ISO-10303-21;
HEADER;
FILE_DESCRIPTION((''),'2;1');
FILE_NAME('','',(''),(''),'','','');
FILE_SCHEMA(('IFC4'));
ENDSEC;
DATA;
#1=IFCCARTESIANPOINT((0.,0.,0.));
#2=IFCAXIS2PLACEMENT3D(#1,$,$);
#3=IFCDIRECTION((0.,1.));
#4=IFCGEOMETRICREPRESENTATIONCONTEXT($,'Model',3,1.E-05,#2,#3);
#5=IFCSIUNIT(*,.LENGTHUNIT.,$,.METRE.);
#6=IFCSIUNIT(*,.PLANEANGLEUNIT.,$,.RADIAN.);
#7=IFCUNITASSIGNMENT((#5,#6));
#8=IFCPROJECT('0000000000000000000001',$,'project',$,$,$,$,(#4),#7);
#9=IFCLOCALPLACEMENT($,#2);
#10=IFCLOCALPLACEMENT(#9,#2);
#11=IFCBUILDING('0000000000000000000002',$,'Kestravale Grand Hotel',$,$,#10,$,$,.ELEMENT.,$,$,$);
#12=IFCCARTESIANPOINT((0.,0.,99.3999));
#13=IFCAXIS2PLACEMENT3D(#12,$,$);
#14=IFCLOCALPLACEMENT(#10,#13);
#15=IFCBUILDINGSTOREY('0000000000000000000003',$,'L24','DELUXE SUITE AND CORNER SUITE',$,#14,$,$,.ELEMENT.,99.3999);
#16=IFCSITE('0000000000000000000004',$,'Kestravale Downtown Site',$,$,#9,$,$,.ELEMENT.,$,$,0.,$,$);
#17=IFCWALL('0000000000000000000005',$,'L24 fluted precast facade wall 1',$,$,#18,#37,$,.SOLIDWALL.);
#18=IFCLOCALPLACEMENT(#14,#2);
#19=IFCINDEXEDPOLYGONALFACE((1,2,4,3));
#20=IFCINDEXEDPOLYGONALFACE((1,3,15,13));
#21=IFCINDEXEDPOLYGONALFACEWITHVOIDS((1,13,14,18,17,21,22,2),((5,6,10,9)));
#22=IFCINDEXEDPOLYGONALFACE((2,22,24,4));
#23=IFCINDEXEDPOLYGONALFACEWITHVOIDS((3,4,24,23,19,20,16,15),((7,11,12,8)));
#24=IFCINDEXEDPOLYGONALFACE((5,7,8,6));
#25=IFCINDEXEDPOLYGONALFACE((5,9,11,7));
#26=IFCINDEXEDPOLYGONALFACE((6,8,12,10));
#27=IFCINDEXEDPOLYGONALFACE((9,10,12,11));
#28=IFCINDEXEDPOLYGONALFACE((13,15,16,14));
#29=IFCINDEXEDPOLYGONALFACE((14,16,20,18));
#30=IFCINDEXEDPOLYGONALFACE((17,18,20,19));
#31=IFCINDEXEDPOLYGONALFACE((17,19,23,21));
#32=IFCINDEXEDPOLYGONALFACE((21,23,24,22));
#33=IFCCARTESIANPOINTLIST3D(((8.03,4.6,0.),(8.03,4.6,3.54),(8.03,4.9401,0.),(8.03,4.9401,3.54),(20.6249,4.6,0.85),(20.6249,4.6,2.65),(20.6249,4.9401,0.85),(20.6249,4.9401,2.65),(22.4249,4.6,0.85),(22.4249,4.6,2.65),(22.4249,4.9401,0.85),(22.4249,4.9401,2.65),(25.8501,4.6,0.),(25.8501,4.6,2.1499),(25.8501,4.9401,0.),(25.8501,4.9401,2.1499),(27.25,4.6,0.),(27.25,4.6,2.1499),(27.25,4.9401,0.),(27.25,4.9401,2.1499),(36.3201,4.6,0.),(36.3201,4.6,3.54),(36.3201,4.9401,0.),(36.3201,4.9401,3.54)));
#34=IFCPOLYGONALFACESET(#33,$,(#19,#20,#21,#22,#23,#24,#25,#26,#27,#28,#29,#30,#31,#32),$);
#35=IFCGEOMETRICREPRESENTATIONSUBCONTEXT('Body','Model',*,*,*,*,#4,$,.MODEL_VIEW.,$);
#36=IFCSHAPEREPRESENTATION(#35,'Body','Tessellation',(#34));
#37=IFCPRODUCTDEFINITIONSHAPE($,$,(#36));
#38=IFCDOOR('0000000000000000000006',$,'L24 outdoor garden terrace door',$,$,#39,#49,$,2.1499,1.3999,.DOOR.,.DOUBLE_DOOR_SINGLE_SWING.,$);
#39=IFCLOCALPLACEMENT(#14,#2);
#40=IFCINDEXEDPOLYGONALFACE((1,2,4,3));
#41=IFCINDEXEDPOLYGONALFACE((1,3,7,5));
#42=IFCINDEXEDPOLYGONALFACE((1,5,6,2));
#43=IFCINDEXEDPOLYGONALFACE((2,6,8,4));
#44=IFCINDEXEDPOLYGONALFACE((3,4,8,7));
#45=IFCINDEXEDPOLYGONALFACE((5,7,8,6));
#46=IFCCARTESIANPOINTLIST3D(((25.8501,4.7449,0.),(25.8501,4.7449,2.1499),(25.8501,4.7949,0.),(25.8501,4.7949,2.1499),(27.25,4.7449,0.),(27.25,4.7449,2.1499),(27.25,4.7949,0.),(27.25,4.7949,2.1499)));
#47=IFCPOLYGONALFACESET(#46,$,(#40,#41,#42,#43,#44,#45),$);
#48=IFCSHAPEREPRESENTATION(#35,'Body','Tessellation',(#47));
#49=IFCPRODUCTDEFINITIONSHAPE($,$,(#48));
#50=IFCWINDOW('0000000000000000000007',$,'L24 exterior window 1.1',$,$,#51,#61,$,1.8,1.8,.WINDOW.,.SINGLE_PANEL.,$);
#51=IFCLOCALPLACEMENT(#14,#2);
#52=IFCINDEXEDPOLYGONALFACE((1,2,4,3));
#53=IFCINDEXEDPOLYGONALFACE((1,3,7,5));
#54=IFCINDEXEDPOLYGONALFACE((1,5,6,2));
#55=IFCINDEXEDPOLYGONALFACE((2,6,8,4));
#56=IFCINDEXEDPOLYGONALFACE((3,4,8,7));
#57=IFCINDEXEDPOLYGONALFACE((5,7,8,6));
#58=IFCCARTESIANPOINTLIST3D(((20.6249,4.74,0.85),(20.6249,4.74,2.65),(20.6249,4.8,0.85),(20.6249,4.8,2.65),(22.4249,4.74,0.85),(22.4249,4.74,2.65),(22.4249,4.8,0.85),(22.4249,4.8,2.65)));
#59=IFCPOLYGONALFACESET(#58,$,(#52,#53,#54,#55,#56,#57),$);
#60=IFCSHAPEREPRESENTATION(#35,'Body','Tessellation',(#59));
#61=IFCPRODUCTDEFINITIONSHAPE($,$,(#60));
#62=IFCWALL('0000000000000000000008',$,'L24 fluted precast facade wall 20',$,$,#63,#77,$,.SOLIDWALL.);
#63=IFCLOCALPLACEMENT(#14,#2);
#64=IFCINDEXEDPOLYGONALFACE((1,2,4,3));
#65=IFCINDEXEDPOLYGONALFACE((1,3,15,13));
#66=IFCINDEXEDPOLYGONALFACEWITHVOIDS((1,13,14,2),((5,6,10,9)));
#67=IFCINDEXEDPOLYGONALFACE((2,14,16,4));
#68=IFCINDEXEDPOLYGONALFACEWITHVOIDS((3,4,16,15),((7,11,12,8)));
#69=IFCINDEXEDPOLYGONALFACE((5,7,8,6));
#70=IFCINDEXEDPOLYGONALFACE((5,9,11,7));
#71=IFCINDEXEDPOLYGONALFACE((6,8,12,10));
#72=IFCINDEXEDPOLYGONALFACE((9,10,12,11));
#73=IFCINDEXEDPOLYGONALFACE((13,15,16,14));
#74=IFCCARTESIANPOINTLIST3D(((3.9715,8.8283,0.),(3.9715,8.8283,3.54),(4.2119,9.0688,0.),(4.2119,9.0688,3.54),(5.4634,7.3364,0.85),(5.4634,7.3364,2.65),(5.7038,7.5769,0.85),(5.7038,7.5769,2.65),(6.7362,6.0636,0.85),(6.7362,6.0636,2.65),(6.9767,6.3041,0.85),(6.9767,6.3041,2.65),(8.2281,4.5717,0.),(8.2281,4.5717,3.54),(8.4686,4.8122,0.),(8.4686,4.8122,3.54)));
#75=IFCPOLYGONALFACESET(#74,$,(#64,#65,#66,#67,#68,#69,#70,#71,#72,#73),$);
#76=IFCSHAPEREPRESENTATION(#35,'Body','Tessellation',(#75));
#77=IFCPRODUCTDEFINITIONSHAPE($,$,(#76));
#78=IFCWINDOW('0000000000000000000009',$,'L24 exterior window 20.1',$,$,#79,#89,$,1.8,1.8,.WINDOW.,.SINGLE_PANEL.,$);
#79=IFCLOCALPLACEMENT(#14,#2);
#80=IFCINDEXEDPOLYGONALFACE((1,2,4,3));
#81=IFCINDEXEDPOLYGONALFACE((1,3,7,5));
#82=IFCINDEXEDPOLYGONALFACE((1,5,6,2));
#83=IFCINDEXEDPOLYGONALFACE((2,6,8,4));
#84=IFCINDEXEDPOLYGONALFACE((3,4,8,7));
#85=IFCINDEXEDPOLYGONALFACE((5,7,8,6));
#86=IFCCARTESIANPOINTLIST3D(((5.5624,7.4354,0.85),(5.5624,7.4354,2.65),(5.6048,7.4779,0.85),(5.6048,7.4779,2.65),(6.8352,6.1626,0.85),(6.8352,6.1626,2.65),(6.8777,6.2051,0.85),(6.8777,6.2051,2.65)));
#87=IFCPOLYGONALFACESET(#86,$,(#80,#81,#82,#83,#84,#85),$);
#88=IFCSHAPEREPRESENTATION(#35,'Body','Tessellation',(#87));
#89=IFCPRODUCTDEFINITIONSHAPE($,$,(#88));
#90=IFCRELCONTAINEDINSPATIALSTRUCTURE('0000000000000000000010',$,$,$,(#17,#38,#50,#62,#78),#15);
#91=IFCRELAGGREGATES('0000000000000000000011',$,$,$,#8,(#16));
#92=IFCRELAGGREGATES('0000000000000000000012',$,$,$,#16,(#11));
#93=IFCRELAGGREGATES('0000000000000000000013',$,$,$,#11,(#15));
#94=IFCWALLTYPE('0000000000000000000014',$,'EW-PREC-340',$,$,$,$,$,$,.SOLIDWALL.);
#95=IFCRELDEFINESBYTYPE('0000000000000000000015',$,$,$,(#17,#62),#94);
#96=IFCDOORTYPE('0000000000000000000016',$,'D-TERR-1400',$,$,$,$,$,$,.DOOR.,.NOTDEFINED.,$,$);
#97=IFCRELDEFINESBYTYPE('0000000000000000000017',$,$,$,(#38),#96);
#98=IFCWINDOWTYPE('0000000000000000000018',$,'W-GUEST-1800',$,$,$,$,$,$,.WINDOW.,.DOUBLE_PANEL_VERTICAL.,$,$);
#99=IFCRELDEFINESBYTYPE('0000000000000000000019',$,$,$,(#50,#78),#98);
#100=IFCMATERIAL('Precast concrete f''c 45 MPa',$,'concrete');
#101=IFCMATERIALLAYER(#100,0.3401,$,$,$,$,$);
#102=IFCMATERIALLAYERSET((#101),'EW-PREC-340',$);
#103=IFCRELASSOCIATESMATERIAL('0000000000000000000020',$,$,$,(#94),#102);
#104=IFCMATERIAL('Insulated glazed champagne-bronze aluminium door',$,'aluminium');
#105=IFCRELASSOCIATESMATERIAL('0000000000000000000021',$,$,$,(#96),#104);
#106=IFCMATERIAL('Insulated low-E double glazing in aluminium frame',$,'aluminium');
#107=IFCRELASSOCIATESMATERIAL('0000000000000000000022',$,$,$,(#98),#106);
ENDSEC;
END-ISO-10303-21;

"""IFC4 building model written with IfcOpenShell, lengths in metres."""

from ifc_helpers import new_model, si_unit, direction, frame, frame_2d, origin, place, context, subcontext, project, spatial, rectangle, extrude, material, layer, layer_set, type_object, element, fill, save


model = new_model("IFC4")

# Units and contexts
model_context = context("Model", 3, precision=1e-05, world=origin(), true_north=direction((0.0, 1.0)))
body_context = subcontext(model_context, "Body", "Model", "MODEL_VIEW")
ifc_project = project(units=[si_unit("LENGTHUNIT", "METRE"), si_unit("PLANEANGLEUNIT", "RADIAN")], contexts=[model_context])

# Site, building, storey
site_placement = place(None, origin())
site = spatial("IfcSite", under=ifc_project, at=site_placement, Name="Kestravale Downtown Site", CompositionType="ELEMENT", RefElevation=0.0)
building_placement = place(site_placement, origin())
building = spatial("IfcBuilding", under=site, at=building_placement, Name="Kestravale Grand Hotel", CompositionType="ELEMENT")
storey_placement = place(building_placement, frame((0.0, 0.0, 99.3999)))
storey = spatial("IfcBuildingStorey", under=building, at=storey_placement, Name="L24", Description="DELUXE SUITE AND CORNER SUITE", CompositionType="ELEMENT", Elevation=99.3999)

# Wall, openings, door, window
ifc_material_1 = material(Name="Precast concrete f'c 45 MPa", Category="concrete")
ifc_layer_1 = layer(ifc_material_1, 0.3401)
ifc_layer_set_1 = layer_set([ifc_layer_1], Name="EW-PREC-340")
wall_type_1 = type_object("IfcWallType", Name="EW-PREC-340", PredefinedType="SOLIDWALL", material=ifc_layer_set_1)
wall_1_placement = place(storey_placement, frame((8.03, 4.77, 0.0), z_axis=(0.0, 0.0, 1.0), x_axis=(1.0, 0.0, 0.0)))
wall_1 = element("IfcWall", 1, at=wall_1_placement, inside=storey, type_object=wall_type_1, Name="L24 fluted precast facade wall 1", PredefinedType="SOLIDWALL", context=body_context, shape_type="SweptSolid", body=[
    extrude(rectangle(XDim=28.29, YDim=0.3401, at=frame_2d((14.145, 0.0))), origin(), (0.0, 0.0, 1.0), 3.54),
])
opening_1_placement = place(wall_1_placement, frame((17.8201, 0.0, 0.0)))
opening_1 = element("IfcOpeningElement", 2, at=opening_1_placement, cuts=wall_1, PredefinedType="OPENING", context=body_context, shape_type="SweptSolid", body=[
    extrude(rectangle(XDim=1.3999, YDim=2.1499, at=frame_2d((0.7, 1.075))), frame((0.0, 0.1799, 0.0), z_axis=(0.0, -1.0, 0.0), x_axis=(1.0, 0.0, 0.0)), (0.0, 0.0, 1.0), 0.3601),
])
opening_2_placement = place(wall_1_placement, frame((12.595, 0.0, 0.8501)))
opening_2 = element("IfcOpeningElement", 3, at=opening_2_placement, cuts=wall_1, PredefinedType="OPENING", context=body_context, shape_type="SweptSolid", body=[
    extrude(rectangle(XDim=1.8, YDim=1.8, at=frame_2d((0.8999, 0.8999))), frame((0.0, 0.1799, 0.0), z_axis=(0.0, -1.0, 0.0), x_axis=(1.0, 0.0, 0.0)), (0.0, 0.0, 1.0), 0.3601),
])
ifc_material_2 = material(Name="Insulated glazed champagne-bronze aluminium door", Category="aluminium")
door_type_1 = type_object("IfcDoorType", Name="D-TERR-1400", OperationType="NOTDEFINED", PredefinedType="DOOR", material=ifc_material_2)
door_1_placement = place(opening_1_placement, origin())
door_1 = element("IfcDoor", 4, at=door_1_placement, inside=storey, type_object=door_type_1, Name="L24 outdoor garden terrace door", OperationType="DOUBLE_DOOR_SINGLE_SWING", OverallHeight=2.1499, OverallWidth=1.3999, PredefinedType="DOOR", context=body_context, shape_type="SweptSolid", body=[
    extrude(rectangle(XDim=1.3999, YDim=2.1499, at=frame_2d((0.7, 1.075))), frame((0.0, 0.0249, 0.0), z_axis=(0.0, -1.0, 0.0), x_axis=(1.0, 0.0, 0.0)), (0.0, 0.0, 1.0), 0.05),
])
fill(opening_1, door_1)
ifc_material_3 = material(Name="Insulated low-E double glazing in aluminium frame", Category="aluminium")
window_type = type_object("IfcWindowType", Name="W-GUEST-1800", PartitioningType="DOUBLE_PANEL_VERTICAL", PredefinedType="WINDOW", material=ifc_material_3)
window_1_placement = place(opening_2_placement, origin())
window_1 = element("IfcWindow", 5, at=window_1_placement, inside=storey, type_object=window_type, Name="L24 exterior window 1.1", OverallHeight=1.8, OverallWidth=1.8, PartitioningType="SINGLE_PANEL", PredefinedType="WINDOW", context=body_context, shape_type="SweptSolid", body=[
    extrude(rectangle(XDim=1.8, YDim=1.8, at=frame_2d((0.8999, 0.8999))), frame((0.0, 0.03, 0.0), z_axis=(0.0, -1.0, 0.0), x_axis=(1.0, 0.0, 0.0)), (0.0, 0.0, 1.0), 0.0601),
])
fill(opening_2, window_1)

# Wall, opening, window
wall_2_placement = place(storey_placement, frame((4.0918, 8.9485, 0.0), z_axis=(0.0, 0.0, 1.0), x_axis=(0.707107, -0.707107, 0.0)))
wall_2 = element("IfcWall", 6, at=wall_2_placement, inside=storey, type_object=wall_type_1, Name="L24 fluted precast facade wall 20", PredefinedType="SOLIDWALL", context=body_context, shape_type="SweptSolid", body=[
    extrude(rectangle(XDim=6.0198, YDim=0.3401, at=frame_2d((3.0098, 0.0))), origin(), (0.0, 0.0, 1.0), 3.54),
])
opening_3_placement = place(wall_2_placement, frame((2.1099, 0.0, 0.8501)))
opening_3 = element("IfcOpeningElement", 7, at=opening_3_placement, cuts=wall_2, PredefinedType="OPENING", context=body_context, shape_type="SweptSolid", body=[
    extrude(rectangle(XDim=1.8, YDim=1.8, at=frame_2d((0.8999, 0.8999))), frame((0.0, 0.1799, 0.0), z_axis=(0.0, -1.0, 0.0), x_axis=(1.0, 0.0, 0.0)), (0.0, 0.0, 1.0), 0.3601),
])
window_2_placement = place(opening_3_placement, origin())
window_2 = element("IfcWindow", 8, at=window_2_placement, inside=storey, type_object=window_type, Name="L24 exterior window 20.1", OverallHeight=1.8, OverallWidth=1.8, PartitioningType="SINGLE_PANEL", PredefinedType="WINDOW", context=body_context, shape_type="SweptSolid", body=[
    extrude(rectangle(XDim=1.8, YDim=1.8, at=frame_2d((0.8999, 0.8999))), frame((0.0, 0.03, 0.0), z_axis=(0.0, -1.0, 0.0), x_axis=(1.0, 0.0, 0.0)), (0.0, 0.0, 1.0), 0.0601),
])
fill(opening_3, window_2)

save(model, "model.ifc")
